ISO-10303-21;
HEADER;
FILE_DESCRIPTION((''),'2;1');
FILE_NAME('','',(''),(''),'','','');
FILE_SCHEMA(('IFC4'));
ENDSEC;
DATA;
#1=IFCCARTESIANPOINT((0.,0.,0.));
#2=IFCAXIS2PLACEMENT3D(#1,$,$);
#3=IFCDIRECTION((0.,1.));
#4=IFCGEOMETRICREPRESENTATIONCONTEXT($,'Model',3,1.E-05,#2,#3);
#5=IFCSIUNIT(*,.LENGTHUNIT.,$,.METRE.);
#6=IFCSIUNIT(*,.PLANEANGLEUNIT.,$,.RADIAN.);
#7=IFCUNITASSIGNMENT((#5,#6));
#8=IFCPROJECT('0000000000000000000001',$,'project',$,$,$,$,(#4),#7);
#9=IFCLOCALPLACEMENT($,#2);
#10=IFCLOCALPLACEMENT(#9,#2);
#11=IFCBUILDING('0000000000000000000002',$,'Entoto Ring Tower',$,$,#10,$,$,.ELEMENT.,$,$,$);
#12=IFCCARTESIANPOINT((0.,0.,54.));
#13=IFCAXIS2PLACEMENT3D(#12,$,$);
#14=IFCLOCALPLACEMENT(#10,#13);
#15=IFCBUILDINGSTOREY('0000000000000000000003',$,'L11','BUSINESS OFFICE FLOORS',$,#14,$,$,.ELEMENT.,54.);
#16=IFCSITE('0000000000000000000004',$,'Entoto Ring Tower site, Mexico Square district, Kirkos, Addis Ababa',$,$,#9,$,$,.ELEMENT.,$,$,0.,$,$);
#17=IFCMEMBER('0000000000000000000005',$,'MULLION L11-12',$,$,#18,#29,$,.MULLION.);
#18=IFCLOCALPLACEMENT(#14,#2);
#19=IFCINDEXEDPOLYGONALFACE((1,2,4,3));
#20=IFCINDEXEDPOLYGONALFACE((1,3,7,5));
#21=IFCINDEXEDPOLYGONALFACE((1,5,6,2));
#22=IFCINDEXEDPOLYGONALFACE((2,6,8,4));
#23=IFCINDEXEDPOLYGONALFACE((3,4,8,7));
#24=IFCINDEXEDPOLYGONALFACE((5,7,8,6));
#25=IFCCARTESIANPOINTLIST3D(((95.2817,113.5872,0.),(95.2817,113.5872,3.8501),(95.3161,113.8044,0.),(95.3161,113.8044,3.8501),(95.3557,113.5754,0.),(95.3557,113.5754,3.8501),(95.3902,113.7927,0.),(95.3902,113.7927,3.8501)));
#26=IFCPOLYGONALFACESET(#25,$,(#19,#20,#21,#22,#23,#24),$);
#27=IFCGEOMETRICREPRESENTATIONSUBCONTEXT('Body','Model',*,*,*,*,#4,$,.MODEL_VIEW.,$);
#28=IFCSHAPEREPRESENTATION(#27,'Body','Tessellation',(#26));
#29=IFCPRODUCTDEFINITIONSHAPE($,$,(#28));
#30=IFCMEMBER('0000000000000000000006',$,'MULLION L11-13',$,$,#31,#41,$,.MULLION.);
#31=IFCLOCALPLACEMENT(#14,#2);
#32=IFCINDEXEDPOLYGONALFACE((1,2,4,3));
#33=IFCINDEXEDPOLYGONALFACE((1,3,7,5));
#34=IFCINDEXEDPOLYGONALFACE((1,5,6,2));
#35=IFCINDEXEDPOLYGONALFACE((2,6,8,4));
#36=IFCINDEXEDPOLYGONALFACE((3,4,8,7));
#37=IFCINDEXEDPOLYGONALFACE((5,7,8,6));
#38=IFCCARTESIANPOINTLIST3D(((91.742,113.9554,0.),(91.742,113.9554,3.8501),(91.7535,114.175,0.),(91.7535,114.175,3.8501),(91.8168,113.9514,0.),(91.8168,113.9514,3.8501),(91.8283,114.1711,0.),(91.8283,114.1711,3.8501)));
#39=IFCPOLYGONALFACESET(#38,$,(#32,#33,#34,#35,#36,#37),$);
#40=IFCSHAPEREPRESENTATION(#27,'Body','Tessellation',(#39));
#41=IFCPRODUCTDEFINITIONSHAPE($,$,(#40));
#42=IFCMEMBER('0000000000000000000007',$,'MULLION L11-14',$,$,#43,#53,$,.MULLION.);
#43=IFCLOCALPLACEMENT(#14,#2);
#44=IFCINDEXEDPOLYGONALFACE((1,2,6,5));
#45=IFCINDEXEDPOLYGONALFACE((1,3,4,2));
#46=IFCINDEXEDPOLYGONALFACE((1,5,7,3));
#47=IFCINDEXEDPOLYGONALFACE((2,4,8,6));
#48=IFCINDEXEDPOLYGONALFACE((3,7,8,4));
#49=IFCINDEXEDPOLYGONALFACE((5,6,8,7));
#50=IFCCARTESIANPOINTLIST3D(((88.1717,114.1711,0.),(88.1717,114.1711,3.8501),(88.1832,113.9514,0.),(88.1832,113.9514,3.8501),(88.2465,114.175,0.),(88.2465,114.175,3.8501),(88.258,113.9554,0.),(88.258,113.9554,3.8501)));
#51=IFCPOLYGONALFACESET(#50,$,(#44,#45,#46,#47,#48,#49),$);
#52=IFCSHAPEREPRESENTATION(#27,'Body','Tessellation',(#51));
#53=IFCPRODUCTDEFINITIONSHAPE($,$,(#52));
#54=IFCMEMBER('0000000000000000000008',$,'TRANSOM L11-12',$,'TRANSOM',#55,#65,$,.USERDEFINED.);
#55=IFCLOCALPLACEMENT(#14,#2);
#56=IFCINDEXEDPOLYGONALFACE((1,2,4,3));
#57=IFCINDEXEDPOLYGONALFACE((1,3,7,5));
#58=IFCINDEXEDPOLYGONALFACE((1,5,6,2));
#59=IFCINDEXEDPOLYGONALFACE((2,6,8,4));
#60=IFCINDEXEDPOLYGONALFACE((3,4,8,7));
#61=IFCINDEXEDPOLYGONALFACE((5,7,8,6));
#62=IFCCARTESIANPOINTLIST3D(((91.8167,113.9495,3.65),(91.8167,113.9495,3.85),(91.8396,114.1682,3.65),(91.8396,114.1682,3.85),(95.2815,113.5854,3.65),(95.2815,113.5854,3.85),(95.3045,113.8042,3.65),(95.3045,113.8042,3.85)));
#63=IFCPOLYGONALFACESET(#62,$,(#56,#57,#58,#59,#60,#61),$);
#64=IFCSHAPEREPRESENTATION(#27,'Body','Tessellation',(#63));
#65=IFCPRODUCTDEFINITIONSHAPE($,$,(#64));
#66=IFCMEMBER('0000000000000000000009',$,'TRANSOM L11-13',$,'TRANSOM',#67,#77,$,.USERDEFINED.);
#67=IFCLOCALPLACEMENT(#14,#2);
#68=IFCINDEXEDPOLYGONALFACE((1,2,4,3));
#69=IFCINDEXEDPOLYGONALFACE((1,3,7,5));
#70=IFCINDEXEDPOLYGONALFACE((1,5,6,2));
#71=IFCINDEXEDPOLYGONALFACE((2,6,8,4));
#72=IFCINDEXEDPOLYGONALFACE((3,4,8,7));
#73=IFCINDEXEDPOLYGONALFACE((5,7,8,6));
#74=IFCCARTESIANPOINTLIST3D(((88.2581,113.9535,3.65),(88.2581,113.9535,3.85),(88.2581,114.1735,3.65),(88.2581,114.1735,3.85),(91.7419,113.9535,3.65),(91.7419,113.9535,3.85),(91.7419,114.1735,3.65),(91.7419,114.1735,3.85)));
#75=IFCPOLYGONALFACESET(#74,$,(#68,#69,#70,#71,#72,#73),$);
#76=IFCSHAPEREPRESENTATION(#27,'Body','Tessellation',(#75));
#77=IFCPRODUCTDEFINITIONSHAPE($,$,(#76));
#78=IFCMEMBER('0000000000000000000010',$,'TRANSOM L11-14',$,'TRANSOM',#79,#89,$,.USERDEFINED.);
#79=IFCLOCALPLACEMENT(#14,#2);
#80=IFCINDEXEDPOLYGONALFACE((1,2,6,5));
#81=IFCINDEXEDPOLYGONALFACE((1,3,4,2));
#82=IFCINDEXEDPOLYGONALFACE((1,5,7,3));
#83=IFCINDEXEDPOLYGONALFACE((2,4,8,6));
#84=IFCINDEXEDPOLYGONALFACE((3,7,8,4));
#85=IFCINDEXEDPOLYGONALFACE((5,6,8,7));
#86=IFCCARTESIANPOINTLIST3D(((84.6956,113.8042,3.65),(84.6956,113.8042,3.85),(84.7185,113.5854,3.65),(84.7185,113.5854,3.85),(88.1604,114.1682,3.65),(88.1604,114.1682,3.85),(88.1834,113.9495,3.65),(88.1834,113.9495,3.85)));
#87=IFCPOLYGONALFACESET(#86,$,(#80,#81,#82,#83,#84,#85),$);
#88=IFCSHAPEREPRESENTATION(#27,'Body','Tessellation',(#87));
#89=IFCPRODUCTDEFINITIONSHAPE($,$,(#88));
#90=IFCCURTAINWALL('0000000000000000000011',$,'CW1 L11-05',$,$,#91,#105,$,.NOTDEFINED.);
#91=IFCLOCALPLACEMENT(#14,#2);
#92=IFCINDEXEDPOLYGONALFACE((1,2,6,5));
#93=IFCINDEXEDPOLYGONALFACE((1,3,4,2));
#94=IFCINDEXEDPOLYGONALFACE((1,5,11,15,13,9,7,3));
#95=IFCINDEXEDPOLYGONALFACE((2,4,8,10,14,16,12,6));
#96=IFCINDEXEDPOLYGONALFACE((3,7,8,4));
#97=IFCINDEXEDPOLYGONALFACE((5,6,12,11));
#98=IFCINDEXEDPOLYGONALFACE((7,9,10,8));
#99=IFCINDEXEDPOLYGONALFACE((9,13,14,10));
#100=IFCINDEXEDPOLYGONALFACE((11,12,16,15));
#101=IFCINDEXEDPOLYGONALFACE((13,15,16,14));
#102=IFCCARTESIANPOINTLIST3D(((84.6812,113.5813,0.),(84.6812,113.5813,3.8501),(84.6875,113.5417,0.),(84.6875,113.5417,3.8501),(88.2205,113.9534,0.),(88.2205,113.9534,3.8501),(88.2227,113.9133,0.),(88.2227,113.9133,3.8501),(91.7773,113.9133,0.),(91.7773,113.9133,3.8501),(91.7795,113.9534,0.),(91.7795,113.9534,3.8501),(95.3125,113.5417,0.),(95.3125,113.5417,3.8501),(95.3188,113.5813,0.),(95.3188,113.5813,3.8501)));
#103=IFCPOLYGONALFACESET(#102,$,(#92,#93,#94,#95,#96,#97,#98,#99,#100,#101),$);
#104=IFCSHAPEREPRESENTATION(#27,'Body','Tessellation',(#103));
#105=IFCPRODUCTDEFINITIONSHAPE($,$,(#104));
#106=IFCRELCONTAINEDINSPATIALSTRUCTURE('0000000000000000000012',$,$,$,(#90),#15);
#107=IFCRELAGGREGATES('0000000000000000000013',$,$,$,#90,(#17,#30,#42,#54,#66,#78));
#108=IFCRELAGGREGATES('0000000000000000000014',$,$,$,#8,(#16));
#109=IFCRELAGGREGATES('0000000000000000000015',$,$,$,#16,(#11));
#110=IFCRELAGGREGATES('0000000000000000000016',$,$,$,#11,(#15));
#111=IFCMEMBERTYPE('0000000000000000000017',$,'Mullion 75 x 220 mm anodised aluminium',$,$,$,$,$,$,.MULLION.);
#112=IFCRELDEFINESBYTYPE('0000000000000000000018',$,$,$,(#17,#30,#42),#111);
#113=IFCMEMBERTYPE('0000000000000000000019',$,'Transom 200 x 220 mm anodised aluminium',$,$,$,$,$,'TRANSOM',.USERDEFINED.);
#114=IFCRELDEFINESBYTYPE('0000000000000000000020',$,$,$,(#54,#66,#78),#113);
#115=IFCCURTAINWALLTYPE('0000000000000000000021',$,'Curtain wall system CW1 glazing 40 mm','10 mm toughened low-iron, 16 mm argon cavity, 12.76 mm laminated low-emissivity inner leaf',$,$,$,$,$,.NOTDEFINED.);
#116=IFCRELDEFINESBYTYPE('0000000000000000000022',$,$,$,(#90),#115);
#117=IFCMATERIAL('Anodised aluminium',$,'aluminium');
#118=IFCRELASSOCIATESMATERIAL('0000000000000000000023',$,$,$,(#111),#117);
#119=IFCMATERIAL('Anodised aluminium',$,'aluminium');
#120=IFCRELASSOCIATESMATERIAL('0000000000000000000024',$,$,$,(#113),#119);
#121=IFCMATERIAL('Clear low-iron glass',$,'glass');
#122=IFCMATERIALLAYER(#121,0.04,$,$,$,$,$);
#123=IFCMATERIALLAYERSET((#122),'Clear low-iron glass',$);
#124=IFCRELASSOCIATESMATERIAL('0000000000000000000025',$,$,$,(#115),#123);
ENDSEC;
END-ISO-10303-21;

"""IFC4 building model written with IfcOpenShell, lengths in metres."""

from ifc_helpers import new_model, si_unit, direction, frame, origin, origin_2d, place, context, subcontext, project, spatial, polyline, rectangle, outline, extrude, material, layer, layer_set, material_profile, profile_set, type_object, element, aggregate, save


model = new_model("IFC4")

# Units and contexts
model_context = context("Model", 3, precision=1e-05, world=origin(), true_north=direction((0.0, 1.0)))
body_context = subcontext(model_context, "Body", "Model", "MODEL_VIEW")
ifc_project = project(units=[si_unit("LENGTHUNIT", "METRE"), si_unit("PLANEANGLEUNIT", "RADIAN")], contexts=[model_context])

# Members
ifc_material_1 = material(Name="Anodised aluminium", Category="aluminium")
ifc_material_profile_1 = material_profile(ifc_material_1, rectangle(XDim=0.075, YDim=0.22, at=origin_2d()), Name="Mullion 75 x 220 mm anodised aluminium")
ifc_profile_set_1 = profile_set([ifc_material_profile_1], Name="Anodised aluminium")
member_type_1 = type_object("IfcMemberType", Name="Mullion 75 x 220 mm anodised aluminium", PredefinedType="MULLION", material=ifc_profile_set_1)
site_placement = place(None, origin())
building_placement = place(site_placement, origin())
storey_placement = place(building_placement, frame((0.0, 0.0, 54.0)))
member_1_placement = place(storey_placement, frame((95.3359, 113.6899, 0.0), z_axis=(0.0, 0.0, 1.0), x_axis=(-0.987688, 0.156434, 0.0)))
member_1 = element("IfcMember", 1, at=member_1_placement, type_object=member_type_1, Name="MULLION L11-12", PredefinedType="MULLION", context=body_context, shape_type="SweptSolid", body=[
    extrude(rectangle(XDim=0.075, YDim=0.22, at=origin_2d()), origin(), (0.0, 0.0, 1.0), 3.8501),
])
member_2_placement = place(storey_placement, frame((91.7852, 114.0632, 0.0), z_axis=(0.0, 0.0, 1.0), x_axis=(-0.99863, 0.052336, 0.0)))
member_2 = element("IfcMember", 2, at=member_2_placement, type_object=member_type_1, Name="MULLION L11-13", PredefinedType="MULLION", context=body_context, shape_type="SweptSolid", body=[
    extrude(rectangle(XDim=0.075, YDim=0.22, at=origin_2d()), origin(), (0.0, 0.0, 1.0), 3.8501),
])
member_3_placement = place(storey_placement, frame((88.2148, 114.0632, 0.0), z_axis=(0.0, 0.0, 1.0), x_axis=(-0.99863, -0.052336, 0.0)))
member_3 = element("IfcMember", 3, at=member_3_placement, type_object=member_type_1, Name="MULLION L11-14", PredefinedType="MULLION", context=body_context, shape_type="SweptSolid", body=[
    extrude(rectangle(XDim=0.075, YDim=0.22, at=origin_2d()), origin(), (0.0, 0.0, 1.0), 3.8501),
])
ifc_material_2 = material(Name="Anodised aluminium", Category="aluminium")
ifc_material_profile_2 = material_profile(ifc_material_2, rectangle(XDim=0.22, YDim=0.2, at=origin_2d()), Name="Transom 200 x 220 mm anodised aluminium")
ifc_profile_set_2 = profile_set([ifc_material_profile_2], Name="Anodised aluminium")
member_type_2 = type_object("IfcMemberType", Name="Transom 200 x 220 mm anodised aluminium", ElementType="TRANSOM", PredefinedType="USERDEFINED", material=ifc_profile_set_2)
member_4_placement = place(storey_placement, frame((95.293, 113.6948, 3.75), z_axis=(-0.994527, 0.104484, 0.0), x_axis=(-0.104484, -0.994527, 0.0)))
member_4 = element("IfcMember", 4, at=member_4_placement, type_object=member_type_2, Name="TRANSOM L11-12", ObjectType="TRANSOM", PredefinedType="USERDEFINED", context=body_context, shape_type="SweptSolid", body=[
    extrude(rectangle(XDim=0.22, YDim=0.2, at=origin_2d()), origin(), (0.0, 0.0, 1.0), 3.4839),
])
member_5_placement = place(storey_placement, frame((91.7419, 114.0635, 3.75), z_axis=(-1.0, 0.0, 0.0), x_axis=(0.0, -1.0, 0.0)))
member_5 = element("IfcMember", 5, at=member_5_placement, type_object=member_type_2, Name="TRANSOM L11-13", ObjectType="TRANSOM", PredefinedType="USERDEFINED", context=body_context, shape_type="SweptSolid", body=[
    extrude(rectangle(XDim=0.22, YDim=0.2, at=origin_2d()), origin(), (0.0, 0.0, 1.0), 3.4839),
])
member_6_placement = place(storey_placement, frame((88.1719, 114.0588, 3.75), z_axis=(-0.994527, -0.104484, 0.0), x_axis=(0.104484, -0.994527, 0.0)))
member_6 = element("IfcMember", 6, at=member_6_placement, type_object=member_type_2, Name="TRANSOM L11-14", ObjectType="TRANSOM", PredefinedType="USERDEFINED", context=body_context, shape_type="SweptSolid", body=[
    extrude(rectangle(XDim=0.22, YDim=0.2, at=origin_2d()), origin(), (0.0, 0.0, 1.0), 3.4839),
])

# Site, building, storey
site = spatial("IfcSite", under=ifc_project, at=site_placement, Name="Entoto Ring Tower site, Mexico Square district, Kirkos, Addis Ababa", CompositionType="ELEMENT", RefElevation=0.0)
building = spatial("IfcBuilding", under=site, at=building_placement, Name="Entoto Ring Tower", CompositionType="ELEMENT")
storey = spatial("IfcBuildingStorey", under=building, at=storey_placement, Name="L11", Description="BUSINESS OFFICE FLOORS", CompositionType="ELEMENT", Elevation=54.0)

# Curtain wall
ifc_material_3 = material(Name="Clear low-iron glass", Category="glass")
ifc_layer = layer(ifc_material_3, 0.04)
ifc_layer_set = layer_set([ifc_layer], Name="Clear low-iron glass")
curtain_wall_type = type_object("IfcCurtainWallType", Name="Curtain wall system CW1 glazing 40 mm", Description="10 mm toughened low-iron, 16 mm argon cavity, 12.76 mm laminated low-emissivity inner leaf", PredefinedType="NOTDEFINED", material=ifc_layer_set)
curtain_wall_1_placement = place(storey_placement, origin())
curtain_wall_1 = element("IfcCurtainWall", 7, at=curtain_wall_1_placement, inside=storey, type_object=curtain_wall_type, Name="CW1 L11-05", PredefinedType="NOTDEFINED", context=body_context, shape_type="SweptSolid", body=[
    extrude(outline(polyline([(95.3188, 113.5813), (91.7795, 113.9534), (88.2205, 113.9534), (84.6812, 113.5813), (84.6875, 113.5417), (88.2227, 113.9133), (91.7773, 113.9133), (95.3125, 113.5417), (95.3188, 113.5813)])), origin(), (0.0, 0.0, 1.0), 3.8501),
])
aggregate(curtain_wall_1, [member_1, member_2, member_3, member_4, member_5, member_6])

save(model, "model.ifc")
